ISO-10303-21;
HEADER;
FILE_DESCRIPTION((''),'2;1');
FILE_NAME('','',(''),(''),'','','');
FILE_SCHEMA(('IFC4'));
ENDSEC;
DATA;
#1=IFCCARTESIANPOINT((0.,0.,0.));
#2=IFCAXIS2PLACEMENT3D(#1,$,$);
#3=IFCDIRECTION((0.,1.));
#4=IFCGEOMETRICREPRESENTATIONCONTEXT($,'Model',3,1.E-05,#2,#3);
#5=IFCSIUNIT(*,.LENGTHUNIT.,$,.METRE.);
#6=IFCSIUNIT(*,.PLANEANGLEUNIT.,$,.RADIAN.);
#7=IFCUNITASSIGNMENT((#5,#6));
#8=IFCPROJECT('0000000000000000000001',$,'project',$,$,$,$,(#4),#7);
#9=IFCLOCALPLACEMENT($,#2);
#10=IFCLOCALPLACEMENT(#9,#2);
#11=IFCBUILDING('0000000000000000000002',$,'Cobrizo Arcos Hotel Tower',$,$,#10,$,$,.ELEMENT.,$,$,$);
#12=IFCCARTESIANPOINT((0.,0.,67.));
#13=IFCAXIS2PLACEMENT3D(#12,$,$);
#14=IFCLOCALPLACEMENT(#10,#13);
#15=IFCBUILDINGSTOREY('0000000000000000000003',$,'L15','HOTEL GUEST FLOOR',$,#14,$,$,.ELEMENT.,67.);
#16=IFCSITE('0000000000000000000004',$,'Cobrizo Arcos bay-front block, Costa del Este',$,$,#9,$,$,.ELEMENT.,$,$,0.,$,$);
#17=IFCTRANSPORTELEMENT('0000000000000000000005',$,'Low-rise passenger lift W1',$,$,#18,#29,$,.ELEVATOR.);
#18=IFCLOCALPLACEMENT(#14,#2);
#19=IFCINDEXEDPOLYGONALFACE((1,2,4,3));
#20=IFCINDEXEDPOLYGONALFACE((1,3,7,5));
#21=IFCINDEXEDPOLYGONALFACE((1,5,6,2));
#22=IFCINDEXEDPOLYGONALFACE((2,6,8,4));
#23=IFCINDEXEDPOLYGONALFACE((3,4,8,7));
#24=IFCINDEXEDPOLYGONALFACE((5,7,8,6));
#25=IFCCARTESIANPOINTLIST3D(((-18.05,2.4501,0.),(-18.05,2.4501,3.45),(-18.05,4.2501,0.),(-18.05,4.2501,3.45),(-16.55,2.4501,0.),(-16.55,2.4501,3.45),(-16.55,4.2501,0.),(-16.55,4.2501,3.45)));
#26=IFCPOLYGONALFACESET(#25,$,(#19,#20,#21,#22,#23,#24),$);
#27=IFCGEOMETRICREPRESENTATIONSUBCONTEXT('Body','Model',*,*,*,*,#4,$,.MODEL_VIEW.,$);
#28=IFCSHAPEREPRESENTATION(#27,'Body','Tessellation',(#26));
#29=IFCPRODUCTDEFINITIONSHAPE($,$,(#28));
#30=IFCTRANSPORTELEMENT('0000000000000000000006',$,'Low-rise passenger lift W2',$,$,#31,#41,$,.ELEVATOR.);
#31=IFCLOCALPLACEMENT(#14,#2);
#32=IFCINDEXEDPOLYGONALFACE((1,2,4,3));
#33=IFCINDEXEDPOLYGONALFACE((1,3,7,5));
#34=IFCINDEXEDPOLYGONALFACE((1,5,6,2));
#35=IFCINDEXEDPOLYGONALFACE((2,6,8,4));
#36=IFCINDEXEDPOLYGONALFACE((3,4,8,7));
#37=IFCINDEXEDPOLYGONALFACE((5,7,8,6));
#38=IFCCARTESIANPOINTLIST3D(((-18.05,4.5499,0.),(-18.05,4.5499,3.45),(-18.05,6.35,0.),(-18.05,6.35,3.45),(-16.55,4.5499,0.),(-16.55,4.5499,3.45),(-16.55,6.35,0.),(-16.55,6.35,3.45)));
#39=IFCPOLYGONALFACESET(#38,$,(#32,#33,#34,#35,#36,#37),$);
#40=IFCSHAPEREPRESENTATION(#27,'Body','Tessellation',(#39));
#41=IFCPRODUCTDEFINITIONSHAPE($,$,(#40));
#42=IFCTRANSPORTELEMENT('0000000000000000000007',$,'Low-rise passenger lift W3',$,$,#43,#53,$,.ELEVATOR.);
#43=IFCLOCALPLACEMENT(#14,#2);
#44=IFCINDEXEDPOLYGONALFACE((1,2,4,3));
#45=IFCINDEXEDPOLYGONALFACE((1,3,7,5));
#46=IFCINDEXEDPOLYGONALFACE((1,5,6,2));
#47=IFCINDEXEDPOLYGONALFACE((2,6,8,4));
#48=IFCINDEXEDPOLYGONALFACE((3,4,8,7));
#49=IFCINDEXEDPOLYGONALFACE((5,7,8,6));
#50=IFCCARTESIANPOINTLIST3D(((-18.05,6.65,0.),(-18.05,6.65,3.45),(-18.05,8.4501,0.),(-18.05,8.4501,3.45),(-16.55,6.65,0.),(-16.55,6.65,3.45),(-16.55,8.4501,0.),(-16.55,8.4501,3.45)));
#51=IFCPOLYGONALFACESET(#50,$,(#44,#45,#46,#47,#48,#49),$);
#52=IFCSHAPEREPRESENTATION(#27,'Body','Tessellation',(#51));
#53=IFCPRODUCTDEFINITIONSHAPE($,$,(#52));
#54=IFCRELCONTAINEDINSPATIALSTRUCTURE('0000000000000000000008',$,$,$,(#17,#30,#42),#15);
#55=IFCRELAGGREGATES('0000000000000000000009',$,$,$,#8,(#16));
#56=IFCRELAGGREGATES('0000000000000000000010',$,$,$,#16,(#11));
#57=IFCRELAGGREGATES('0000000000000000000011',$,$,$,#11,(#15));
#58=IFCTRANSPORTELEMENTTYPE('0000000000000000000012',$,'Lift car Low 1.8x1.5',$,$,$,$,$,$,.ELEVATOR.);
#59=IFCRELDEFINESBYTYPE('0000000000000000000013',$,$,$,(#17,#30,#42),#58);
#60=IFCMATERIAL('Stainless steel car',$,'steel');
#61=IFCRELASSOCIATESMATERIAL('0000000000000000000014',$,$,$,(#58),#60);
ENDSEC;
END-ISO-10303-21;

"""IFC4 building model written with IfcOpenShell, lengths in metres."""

from ifc_helpers import new_model, si_unit, direction, frame, origin, origin_2d, place, context, subcontext, project, spatial, rectangle, extrude, material, type_object, element, save


model = new_model("IFC4")

# Units and contexts
model_context = context("Model", 3, precision=1e-05, world=origin(), true_north=direction((0.0, 1.0)))
body_context = subcontext(model_context, "Body", "Model", "MODEL_VIEW")
ifc_project = project(units=[si_unit("LENGTHUNIT", "METRE"), si_unit("PLANEANGLEUNIT", "RADIAN")], contexts=[model_context])

# Site, building, storey
site_placement = place(None, origin())
site = spatial("IfcSite", under=ifc_project, at=site_placement, Name="Cobrizo Arcos bay-front block, Costa del Este", CompositionType="ELEMENT", RefElevation=0.0)
building_placement = place(site_placement, origin())
building = spatial("IfcBuilding", under=site, at=building_placement, Name="Cobrizo Arcos Hotel Tower", CompositionType="ELEMENT")
storey_placement = place(building_placement, frame((0.0, 0.0, 67.0)))
storey = spatial("IfcBuildingStorey", under=building, at=storey_placement, Name="L15", Description="HOTEL GUEST FLOOR", CompositionType="ELEMENT", Elevation=67.0)

# Transport elements
ifc_material_1 = material(Name="Stainless steel car", Category="steel")
transport_element_type = type_object("IfcTransportElementType", Name="Lift car Low 1.8x1.5", PredefinedType="ELEVATOR", material=ifc_material_1)
for number, where, z_axis, x_axis, name in (
    (1, (-17.3, 3.3501, 0.0), (0.0, 0.0, 1.0), (1.0, 0.0, 0.0), "Low-rise passenger lift W1"),
    (2, (-17.3, 5.45, 0.0), (0.0, 0.0, 1.0), (1.0, 0.0, 0.0), "Low-rise passenger lift W2"),
    (3, (-17.3, 7.55, 0.0), (0.0, 0.0, 1.0), (1.0, 0.0, 0.0), "Low-rise passenger lift W3"),
):
    element("IfcTransportElement", number, at=place(storey_placement, frame(where, z_axis=z_axis, x_axis=x_axis)), inside=storey, type_object=transport_element_type, Name=name, PredefinedType="ELEVATOR", context=body_context, shape_type="SweptSolid", body=[
        extrude(rectangle(XDim=1.5, YDim=1.8, at=origin_2d()), origin(), (0.0, 0.0, 1.0), 3.45),
    ])

save(model, "model.ifc")
